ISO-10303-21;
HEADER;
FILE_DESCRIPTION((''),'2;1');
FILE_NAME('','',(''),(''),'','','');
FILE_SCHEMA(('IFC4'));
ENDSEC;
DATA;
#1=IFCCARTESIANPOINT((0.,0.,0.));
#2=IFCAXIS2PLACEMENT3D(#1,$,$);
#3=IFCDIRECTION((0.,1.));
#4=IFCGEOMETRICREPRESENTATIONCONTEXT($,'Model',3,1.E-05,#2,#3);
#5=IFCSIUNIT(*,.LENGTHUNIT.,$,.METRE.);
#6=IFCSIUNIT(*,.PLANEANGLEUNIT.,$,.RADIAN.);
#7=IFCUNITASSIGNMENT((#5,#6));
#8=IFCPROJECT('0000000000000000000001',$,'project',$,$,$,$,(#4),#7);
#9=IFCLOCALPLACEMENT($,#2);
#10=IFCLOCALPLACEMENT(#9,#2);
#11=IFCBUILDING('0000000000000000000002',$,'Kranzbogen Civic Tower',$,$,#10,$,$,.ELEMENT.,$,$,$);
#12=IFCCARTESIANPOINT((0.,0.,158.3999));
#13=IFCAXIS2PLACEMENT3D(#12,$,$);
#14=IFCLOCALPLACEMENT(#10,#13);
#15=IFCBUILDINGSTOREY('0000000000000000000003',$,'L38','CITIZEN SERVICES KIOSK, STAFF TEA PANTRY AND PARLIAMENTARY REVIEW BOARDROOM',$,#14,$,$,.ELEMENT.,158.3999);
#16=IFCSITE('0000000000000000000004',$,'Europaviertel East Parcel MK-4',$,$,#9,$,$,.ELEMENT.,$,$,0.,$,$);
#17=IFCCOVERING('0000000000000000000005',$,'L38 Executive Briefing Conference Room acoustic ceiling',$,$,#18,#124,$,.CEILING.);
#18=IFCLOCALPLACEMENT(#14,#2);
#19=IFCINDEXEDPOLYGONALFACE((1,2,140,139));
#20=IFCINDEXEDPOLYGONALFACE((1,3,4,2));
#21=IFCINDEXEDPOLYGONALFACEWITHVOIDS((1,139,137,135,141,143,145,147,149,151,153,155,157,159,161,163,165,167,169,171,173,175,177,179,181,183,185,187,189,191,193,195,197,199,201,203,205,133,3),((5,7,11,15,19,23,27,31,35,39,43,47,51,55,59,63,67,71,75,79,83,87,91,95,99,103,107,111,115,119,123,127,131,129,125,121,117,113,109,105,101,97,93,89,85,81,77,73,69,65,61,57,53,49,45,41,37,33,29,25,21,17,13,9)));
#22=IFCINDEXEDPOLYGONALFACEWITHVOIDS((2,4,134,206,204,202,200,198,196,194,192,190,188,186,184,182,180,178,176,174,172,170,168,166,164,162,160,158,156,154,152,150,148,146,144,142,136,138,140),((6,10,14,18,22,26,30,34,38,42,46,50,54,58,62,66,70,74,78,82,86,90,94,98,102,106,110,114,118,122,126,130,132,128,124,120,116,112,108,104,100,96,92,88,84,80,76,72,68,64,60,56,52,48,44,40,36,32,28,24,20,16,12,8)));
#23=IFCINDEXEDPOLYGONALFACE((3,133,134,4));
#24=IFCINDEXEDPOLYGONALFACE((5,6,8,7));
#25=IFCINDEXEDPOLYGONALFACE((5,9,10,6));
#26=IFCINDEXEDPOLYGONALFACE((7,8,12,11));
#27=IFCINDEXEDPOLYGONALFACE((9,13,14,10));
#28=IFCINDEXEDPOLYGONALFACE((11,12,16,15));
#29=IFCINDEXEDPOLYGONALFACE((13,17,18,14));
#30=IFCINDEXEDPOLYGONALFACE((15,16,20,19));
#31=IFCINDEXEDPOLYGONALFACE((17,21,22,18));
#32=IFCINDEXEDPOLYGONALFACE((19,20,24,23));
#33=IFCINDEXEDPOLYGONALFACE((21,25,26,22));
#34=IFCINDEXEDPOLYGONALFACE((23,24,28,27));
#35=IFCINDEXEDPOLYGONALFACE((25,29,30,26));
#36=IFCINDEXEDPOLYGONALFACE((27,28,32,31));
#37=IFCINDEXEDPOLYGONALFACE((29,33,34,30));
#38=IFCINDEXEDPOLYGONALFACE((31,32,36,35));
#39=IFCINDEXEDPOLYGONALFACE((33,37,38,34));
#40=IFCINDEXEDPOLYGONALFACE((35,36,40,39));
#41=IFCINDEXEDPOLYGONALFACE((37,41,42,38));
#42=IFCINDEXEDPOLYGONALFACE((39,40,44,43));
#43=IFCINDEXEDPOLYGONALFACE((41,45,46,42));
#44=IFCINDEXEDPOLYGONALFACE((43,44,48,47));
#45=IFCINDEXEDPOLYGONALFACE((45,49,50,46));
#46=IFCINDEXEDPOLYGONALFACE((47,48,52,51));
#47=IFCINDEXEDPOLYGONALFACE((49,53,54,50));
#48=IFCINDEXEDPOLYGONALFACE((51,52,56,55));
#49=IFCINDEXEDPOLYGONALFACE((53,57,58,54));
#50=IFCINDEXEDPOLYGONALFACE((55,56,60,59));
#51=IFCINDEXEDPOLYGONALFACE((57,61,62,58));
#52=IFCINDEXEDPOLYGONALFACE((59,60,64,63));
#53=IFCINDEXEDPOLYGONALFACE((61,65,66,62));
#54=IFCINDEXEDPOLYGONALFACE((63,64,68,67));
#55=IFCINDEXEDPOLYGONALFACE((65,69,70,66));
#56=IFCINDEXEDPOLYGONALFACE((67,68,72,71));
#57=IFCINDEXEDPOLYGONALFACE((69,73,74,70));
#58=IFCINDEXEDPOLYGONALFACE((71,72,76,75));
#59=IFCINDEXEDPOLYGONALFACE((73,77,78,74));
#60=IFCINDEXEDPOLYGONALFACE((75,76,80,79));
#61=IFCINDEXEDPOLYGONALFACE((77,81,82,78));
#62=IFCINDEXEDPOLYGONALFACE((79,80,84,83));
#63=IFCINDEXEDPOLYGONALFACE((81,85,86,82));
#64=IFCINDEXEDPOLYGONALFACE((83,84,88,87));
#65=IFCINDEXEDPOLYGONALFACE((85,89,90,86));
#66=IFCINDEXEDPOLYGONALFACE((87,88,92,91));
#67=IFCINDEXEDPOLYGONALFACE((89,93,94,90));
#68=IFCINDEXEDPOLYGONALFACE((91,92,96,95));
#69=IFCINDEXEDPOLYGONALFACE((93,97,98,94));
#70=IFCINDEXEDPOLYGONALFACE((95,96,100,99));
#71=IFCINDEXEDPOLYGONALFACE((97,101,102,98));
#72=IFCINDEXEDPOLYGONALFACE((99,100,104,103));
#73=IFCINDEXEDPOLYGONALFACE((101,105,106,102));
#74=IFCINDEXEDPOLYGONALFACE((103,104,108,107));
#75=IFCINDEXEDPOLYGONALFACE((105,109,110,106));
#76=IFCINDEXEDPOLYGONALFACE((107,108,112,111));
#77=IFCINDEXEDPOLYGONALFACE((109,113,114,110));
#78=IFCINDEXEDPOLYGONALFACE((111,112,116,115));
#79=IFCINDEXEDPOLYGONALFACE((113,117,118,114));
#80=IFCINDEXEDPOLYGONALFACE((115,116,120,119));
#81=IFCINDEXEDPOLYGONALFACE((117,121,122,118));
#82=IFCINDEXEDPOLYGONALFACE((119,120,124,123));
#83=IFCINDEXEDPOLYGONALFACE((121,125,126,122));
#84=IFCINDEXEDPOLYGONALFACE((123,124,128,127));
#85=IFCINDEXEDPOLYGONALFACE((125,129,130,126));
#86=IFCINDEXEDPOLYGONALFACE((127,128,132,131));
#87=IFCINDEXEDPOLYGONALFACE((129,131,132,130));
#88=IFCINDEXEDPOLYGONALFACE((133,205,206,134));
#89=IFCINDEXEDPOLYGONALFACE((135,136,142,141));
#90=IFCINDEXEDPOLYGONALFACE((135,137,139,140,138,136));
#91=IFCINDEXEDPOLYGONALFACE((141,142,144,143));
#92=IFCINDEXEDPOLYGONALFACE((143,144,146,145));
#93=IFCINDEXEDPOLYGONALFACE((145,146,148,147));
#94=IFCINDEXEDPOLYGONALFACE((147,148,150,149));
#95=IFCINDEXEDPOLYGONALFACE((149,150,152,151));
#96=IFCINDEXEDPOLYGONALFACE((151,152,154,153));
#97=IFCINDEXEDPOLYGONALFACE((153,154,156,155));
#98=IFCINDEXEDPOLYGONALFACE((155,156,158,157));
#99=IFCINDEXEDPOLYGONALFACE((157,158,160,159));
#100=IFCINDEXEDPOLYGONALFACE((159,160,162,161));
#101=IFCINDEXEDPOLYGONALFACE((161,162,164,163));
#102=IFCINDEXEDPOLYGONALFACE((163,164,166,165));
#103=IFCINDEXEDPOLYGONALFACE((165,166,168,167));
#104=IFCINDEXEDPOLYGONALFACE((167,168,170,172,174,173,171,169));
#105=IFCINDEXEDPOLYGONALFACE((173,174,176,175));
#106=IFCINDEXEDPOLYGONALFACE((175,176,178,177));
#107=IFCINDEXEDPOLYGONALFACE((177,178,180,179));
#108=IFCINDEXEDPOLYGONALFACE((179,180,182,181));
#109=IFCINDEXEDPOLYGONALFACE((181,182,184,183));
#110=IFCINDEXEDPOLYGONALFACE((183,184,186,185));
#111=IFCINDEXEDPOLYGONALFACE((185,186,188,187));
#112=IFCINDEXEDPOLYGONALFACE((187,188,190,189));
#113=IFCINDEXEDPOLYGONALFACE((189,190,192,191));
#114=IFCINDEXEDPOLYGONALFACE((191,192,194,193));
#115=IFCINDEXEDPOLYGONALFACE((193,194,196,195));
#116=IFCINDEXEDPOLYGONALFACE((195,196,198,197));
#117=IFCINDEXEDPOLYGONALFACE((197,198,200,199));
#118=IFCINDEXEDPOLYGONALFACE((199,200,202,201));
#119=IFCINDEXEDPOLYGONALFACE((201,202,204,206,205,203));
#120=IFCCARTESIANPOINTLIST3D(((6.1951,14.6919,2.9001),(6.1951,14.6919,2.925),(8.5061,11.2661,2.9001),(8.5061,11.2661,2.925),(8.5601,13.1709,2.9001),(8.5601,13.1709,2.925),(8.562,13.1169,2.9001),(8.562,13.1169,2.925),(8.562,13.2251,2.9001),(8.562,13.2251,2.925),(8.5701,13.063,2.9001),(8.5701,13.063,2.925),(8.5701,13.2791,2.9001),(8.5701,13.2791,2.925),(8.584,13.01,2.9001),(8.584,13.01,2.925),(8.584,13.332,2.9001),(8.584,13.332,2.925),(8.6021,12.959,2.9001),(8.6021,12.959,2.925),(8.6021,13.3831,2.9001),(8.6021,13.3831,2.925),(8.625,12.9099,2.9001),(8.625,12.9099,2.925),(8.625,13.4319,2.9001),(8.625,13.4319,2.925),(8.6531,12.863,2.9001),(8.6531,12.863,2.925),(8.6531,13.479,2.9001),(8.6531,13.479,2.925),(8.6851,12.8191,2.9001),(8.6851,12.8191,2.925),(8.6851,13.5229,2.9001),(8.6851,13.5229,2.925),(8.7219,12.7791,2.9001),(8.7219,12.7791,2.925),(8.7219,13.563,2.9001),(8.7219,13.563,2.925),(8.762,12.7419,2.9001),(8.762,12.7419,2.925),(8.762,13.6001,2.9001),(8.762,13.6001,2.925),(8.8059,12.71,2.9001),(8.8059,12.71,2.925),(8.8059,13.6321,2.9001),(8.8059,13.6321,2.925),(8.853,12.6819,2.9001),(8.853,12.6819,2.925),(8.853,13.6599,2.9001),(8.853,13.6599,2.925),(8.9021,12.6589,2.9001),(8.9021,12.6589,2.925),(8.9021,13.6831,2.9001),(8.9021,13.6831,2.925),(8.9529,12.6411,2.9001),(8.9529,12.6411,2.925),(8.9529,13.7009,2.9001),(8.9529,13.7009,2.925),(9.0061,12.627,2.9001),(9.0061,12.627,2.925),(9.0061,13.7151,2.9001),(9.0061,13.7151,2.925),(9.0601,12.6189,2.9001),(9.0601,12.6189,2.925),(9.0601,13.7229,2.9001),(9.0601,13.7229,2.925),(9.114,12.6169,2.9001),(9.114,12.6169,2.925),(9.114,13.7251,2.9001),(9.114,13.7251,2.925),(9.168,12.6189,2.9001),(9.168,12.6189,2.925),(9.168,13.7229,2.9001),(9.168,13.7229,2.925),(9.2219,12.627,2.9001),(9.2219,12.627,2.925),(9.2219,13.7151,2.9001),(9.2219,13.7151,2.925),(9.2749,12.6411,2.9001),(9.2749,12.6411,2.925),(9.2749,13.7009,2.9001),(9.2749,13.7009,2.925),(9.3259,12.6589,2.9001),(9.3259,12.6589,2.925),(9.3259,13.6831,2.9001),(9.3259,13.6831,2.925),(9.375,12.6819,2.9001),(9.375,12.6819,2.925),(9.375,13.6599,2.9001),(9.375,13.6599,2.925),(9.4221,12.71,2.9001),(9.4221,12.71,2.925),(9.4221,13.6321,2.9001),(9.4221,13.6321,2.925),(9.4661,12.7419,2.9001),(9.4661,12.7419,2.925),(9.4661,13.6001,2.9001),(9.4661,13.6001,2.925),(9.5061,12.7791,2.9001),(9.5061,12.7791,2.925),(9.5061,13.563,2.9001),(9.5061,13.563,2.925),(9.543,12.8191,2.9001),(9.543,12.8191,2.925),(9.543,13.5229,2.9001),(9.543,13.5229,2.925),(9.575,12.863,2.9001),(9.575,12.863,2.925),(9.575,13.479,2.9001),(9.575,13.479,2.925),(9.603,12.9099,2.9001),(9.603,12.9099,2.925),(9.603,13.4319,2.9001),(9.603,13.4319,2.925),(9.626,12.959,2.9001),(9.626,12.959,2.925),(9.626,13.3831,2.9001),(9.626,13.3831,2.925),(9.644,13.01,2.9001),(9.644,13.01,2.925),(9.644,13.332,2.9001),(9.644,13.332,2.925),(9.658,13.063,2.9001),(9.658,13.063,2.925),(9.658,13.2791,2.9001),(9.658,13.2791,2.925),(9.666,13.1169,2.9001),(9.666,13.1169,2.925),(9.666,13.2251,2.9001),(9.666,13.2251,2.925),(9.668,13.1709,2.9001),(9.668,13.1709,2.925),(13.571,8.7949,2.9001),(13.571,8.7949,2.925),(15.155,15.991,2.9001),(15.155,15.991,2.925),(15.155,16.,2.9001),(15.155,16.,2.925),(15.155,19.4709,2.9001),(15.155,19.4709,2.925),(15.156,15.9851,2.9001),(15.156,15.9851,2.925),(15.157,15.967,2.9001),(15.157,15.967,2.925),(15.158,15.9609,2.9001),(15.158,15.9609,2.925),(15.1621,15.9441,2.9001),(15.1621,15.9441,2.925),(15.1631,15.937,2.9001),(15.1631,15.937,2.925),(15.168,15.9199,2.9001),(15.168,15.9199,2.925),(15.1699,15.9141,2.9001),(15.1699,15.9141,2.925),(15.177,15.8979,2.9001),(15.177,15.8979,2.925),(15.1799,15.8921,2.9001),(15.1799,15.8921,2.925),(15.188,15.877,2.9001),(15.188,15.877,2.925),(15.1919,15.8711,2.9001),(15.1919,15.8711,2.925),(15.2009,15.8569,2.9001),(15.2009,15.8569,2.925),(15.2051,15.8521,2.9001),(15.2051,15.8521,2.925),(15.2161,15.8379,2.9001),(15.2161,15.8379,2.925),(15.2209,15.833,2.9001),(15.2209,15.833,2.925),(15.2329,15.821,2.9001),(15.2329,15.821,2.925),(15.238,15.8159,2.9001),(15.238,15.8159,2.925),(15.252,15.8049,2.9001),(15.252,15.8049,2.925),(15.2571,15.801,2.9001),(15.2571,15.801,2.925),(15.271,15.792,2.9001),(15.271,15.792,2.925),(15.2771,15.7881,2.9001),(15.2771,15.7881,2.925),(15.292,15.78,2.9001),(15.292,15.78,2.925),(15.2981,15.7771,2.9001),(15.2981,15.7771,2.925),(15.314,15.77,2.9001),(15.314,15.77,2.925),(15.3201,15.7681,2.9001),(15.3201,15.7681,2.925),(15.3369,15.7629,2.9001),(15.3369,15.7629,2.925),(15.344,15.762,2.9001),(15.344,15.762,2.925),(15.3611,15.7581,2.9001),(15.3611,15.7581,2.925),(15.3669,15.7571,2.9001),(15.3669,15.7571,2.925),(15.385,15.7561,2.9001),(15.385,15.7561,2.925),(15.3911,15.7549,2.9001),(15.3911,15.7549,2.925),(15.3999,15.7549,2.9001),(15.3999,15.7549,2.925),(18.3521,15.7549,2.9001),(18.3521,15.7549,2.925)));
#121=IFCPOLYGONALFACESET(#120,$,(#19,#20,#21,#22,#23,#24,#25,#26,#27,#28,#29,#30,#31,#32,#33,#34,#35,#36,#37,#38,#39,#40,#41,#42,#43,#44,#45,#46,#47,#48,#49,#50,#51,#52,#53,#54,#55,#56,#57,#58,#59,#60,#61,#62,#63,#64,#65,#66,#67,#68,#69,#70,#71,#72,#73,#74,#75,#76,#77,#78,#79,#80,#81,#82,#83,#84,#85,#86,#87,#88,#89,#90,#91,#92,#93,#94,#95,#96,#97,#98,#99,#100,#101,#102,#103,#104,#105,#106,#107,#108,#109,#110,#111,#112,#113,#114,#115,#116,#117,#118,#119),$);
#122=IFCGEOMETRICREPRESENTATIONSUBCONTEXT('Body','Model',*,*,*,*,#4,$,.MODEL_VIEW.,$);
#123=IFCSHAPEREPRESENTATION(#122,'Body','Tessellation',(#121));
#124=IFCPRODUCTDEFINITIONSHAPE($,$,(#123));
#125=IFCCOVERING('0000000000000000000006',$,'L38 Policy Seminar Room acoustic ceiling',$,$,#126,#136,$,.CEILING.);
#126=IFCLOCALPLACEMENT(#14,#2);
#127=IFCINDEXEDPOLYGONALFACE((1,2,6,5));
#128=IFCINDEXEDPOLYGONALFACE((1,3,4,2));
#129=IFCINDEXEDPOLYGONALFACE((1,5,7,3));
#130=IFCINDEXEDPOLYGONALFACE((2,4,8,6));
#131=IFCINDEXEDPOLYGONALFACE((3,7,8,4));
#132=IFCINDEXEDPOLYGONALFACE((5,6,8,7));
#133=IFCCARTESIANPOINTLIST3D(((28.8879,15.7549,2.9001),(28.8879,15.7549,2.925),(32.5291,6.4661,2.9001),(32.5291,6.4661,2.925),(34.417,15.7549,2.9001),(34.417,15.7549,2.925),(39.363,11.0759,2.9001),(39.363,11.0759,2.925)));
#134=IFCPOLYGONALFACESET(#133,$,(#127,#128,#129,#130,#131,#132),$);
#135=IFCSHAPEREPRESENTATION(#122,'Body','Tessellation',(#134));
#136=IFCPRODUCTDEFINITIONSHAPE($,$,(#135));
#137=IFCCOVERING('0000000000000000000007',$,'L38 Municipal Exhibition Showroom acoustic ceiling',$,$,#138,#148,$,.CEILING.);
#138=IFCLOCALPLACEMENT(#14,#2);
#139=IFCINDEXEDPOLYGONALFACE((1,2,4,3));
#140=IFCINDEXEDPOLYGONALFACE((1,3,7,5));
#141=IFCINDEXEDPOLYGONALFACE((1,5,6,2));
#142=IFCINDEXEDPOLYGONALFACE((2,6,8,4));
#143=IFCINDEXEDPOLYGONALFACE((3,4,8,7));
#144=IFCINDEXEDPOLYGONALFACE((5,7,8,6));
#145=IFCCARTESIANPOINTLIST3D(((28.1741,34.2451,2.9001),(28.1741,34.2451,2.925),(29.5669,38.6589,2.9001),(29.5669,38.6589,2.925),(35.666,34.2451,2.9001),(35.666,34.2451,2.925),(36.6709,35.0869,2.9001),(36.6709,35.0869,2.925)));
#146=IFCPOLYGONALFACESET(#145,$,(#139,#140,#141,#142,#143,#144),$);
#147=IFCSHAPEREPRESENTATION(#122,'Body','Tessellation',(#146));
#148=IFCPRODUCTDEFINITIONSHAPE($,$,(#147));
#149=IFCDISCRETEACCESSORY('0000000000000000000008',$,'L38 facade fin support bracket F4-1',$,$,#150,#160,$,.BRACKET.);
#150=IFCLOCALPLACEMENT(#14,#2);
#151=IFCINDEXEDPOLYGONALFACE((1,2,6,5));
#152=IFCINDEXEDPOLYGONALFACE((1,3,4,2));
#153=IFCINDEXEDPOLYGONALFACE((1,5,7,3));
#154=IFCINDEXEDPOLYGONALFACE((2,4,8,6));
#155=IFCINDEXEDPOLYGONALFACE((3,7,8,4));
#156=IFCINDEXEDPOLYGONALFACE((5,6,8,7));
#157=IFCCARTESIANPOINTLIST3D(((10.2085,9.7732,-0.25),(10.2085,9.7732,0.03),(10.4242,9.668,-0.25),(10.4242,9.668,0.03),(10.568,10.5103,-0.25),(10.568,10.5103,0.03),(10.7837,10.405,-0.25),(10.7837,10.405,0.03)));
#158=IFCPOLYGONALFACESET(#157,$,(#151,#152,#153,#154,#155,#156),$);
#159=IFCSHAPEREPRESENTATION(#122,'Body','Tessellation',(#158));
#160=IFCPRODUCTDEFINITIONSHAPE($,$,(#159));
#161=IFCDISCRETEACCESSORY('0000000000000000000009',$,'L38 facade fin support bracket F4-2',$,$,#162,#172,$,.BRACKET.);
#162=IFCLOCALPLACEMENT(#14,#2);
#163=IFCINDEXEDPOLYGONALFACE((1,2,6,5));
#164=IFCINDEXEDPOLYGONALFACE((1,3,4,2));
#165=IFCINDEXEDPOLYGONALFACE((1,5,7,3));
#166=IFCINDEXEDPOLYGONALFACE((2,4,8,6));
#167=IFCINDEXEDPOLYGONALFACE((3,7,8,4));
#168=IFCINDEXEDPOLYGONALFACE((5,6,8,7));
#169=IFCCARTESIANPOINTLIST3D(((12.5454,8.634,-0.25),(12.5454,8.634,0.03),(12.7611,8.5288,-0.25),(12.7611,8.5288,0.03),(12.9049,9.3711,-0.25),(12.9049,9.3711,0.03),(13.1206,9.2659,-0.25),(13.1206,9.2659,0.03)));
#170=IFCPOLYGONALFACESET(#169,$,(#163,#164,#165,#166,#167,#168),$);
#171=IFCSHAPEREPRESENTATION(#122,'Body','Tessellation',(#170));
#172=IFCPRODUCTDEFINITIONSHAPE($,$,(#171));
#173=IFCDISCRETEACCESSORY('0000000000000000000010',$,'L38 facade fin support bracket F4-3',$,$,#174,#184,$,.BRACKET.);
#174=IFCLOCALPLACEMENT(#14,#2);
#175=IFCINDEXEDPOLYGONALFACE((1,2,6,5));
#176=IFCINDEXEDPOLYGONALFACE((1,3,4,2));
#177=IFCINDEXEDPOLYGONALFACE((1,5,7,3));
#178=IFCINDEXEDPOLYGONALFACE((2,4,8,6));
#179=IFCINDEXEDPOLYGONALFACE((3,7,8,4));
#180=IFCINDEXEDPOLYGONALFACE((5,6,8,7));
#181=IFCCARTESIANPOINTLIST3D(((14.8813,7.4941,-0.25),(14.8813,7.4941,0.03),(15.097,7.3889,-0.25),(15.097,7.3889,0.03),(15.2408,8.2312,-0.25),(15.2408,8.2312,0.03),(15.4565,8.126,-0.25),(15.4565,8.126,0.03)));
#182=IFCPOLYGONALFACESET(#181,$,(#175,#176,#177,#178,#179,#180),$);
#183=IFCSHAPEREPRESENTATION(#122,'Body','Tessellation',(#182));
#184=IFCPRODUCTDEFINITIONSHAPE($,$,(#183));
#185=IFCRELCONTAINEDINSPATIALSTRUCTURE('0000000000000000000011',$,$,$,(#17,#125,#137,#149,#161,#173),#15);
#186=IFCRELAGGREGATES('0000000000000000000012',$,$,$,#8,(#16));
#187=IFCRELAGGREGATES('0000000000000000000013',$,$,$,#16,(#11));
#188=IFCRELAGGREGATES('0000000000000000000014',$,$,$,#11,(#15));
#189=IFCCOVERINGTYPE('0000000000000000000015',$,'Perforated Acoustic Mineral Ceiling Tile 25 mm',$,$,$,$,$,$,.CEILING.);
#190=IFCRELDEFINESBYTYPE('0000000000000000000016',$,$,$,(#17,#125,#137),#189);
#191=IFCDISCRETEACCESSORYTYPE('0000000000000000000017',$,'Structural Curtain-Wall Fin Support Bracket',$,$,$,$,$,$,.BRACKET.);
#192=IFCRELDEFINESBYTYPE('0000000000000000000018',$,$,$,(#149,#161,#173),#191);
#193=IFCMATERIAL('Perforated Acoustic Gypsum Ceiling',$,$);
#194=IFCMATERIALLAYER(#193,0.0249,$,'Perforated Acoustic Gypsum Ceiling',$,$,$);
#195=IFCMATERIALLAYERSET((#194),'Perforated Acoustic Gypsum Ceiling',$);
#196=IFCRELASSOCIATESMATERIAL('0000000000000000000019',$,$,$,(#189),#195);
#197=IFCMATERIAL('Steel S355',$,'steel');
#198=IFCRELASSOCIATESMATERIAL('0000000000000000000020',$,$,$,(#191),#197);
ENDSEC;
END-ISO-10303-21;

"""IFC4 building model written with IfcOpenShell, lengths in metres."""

from ifc_helpers import new_model, si_unit, direction, frame, origin, origin_2d, place, context, subcontext, project, spatial, polyline, rectangle, outline, extrude, material, layer, layer_set, type_object, element, save


model = new_model("IFC4")

# Units and contexts
model_context = context("Model", 3, precision=1e-05, world=origin(), true_north=direction((0.0, 1.0)))
body_context = subcontext(model_context, "Body", "Model", "MODEL_VIEW")
ifc_project = project(units=[si_unit("LENGTHUNIT", "METRE"), si_unit("PLANEANGLEUNIT", "RADIAN")], contexts=[model_context])

# Site, building, storey
site_placement = place(None, origin())
site = spatial("IfcSite", under=ifc_project, at=site_placement, Name="Europaviertel East Parcel MK-4", CompositionType="ELEMENT", RefElevation=0.0)
building_placement = place(site_placement, origin())
building = spatial("IfcBuilding", under=site, at=building_placement, Name="Kranzbogen Civic Tower", CompositionType="ELEMENT")
storey_placement = place(building_placement, frame((0.0, 0.0, 158.3999)))
storey = spatial("IfcBuildingStorey", under=building, at=storey_placement, Name="L38", Description="CITIZEN SERVICES KIOSK, STAFF TEA PANTRY AND PARLIAMENTARY REVIEW BOARDROOM", CompositionType="ELEMENT", Elevation=158.3999)

# Shared definitions
ifc_material_1 = material(Name="Steel S355", Category="steel")

# Coverings
ifc_material_2 = material(Name="Perforated Acoustic Gypsum Ceiling")
ifc_layer_1 = layer(ifc_material_2, 0.0249, Name="Perforated Acoustic Gypsum Ceiling")
ifc_layer_set_1 = layer_set([ifc_layer_1], Name="Perforated Acoustic Gypsum Ceiling")
covering_type_1 = type_object("IfcCoveringType", Name="Perforated Acoustic Mineral Ceiling Tile 25 mm", PredefinedType="CEILING", material=ifc_layer_set_1)
covering_1_placement = place(storey_placement, frame((0.0, 0.0, 2.9001)))
element("IfcCovering", 1, at=covering_1_placement, inside=storey, type_object=covering_type_1, Name="L38 Executive Briefing Conference Room acoustic ceiling", PredefinedType="CEILING", context=body_context, shape_type="SweptSolid", body=[
    extrude(outline(polyline([(6.1951, 14.6919), (15.155, 19.4709), (15.155, 16.0), (15.155, 15.991), (15.156, 15.9851), (15.157, 15.967), (15.158, 15.9609), (15.1621, 15.9441), (15.1631, 15.937), (15.168, 15.9199), (15.1699, 15.9141), (15.177, 15.8979), (15.1799, 15.8921), (15.188, 15.877), (15.1919, 15.8711), (15.2009, 15.8569), (15.2051, 15.8521), (15.2161, 15.8379), (15.2209, 15.833), (15.2329, 15.821), (15.238, 15.8159), (15.252, 15.8049), (15.2571, 15.801), (15.271, 15.792), (15.2771, 15.7881), (15.292, 15.78), (15.2981, 15.7771), (15.314, 15.77), (15.3201, 15.7681), (15.3369, 15.7629), (15.344, 15.762), (15.3611, 15.7581), (15.3669, 15.7571), (15.385, 15.7561), (15.3911, 15.7549), (15.3999, 15.7549), (18.3521, 15.7549), (13.571, 8.7949), (8.5061, 11.2661), (6.1951, 14.6919)]), holes=[polyline([(9.626, 12.959), (9.603, 12.9099), (9.575, 12.863), (9.543, 12.8191), (9.5061, 12.7791), (9.4661, 12.7419), (9.4221, 12.71), (9.375, 12.6819), (9.3259, 12.6589), (9.2749, 12.6411), (9.2219, 12.627), (9.168, 12.6189), (9.114, 12.6169), (9.0601, 12.6189), (9.0061, 12.627), (8.9529, 12.6411), (8.9021, 12.6589), (8.853, 12.6819), (8.8059, 12.71), (8.762, 12.7419), (8.7219, 12.7791), (8.6851, 12.8191), (8.6531, 12.863), (8.625, 12.9099), (8.6021, 12.959), (8.584, 13.01), (8.5701, 13.063), (8.562, 13.1169), (8.5601, 13.1709), (8.562, 13.2251), (8.5701, 13.2791), (8.584, 13.332), (8.6021, 13.3831), (8.625, 13.4319), (8.6531, 13.479), (8.6851, 13.5229), (8.7219, 13.563), (8.762, 13.6001), (8.8059, 13.6321), (8.853, 13.6599), (8.9021, 13.6831), (8.9529, 13.7009), (9.0061, 13.7151), (9.0601, 13.7229), (9.114, 13.7251), (9.168, 13.7229), (9.2219, 13.7151), (9.2749, 13.7009), (9.3259, 13.6831), (9.375, 13.6599), (9.4221, 13.6321), (9.4661, 13.6001), (9.5061, 13.563), (9.543, 13.5229), (9.575, 13.479), (9.603, 13.4319), (9.626, 13.3831), (9.644, 13.332), (9.658, 13.2791), (9.666, 13.2251), (9.668, 13.1709), (9.666, 13.1169), (9.658, 13.063), (9.644, 13.01), (9.626, 12.959)])]), origin(), (0.0, 0.0, 1.0), 0.0249),
])
covering_2_placement = place(storey_placement, frame((0.0, 0.0, 2.9001)))
element("IfcCovering", 2, at=covering_2_placement, inside=storey, type_object=covering_type_1, Name="L38 Policy Seminar Room acoustic ceiling", PredefinedType="CEILING", context=body_context, shape_type="SweptSolid", body=[
    extrude(outline(polyline([(28.8879, 15.7549), (34.417, 15.7549), (39.363, 11.0759), (32.5291, 6.4661), (28.8879, 15.7549)])), origin(), (0.0, 0.0, 1.0), 0.0249),
])
covering_3_placement = place(storey_placement, frame((0.0, 0.0, 2.9001)))
element("IfcCovering", 3, at=covering_3_placement, inside=storey, type_object=covering_type_1, Name="L38 Municipal Exhibition Showroom acoustic ceiling", PredefinedType="CEILING", context=body_context, shape_type="SweptSolid", body=[
    extrude(outline(polyline([(28.1741, 34.2451), (29.5669, 38.6589), (36.6709, 35.0869), (35.666, 34.2451), (28.1741, 34.2451)])), origin(), (0.0, 0.0, 1.0), 0.0249),
])

# Discrete accessories
discrete_accessory_type = type_object("IfcDiscreteAccessoryType", Name="Structural Curtain-Wall Fin Support Bracket", PredefinedType="BRACKET", material=ifc_material_1)
for number, where, z_axis, x_axis, name in (
    (4, (10.4961, 10.0891, -0.25), (0.0, 0.0, 1.0), (-0.438371, -0.898794, 0.0), "L38 facade fin support bracket F4-1"),
    (5, (12.833, 8.95, -0.25), (0.0, 0.0, 1.0), (-0.438371, -0.898794, 0.0), "L38 facade fin support bracket F4-2"),
    (6, (15.1689, 7.8101, -0.25), (0.0, 0.0, 1.0), (-0.438371, -0.898794, 0.0), "L38 facade fin support bracket F4-3"),
):
    element("IfcDiscreteAccessory", number, at=place(storey_placement, frame(where, z_axis=z_axis, x_axis=x_axis)), inside=storey, type_object=discrete_accessory_type, Name=name, PredefinedType="BRACKET", context=body_context, shape_type="SweptSolid", body=[
        extrude(rectangle(XDim=0.8201, YDim=0.24, at=origin_2d()), origin(), (0.0, 0.0, 1.0), 0.28),
    ])

save(model, "model.ifc")
